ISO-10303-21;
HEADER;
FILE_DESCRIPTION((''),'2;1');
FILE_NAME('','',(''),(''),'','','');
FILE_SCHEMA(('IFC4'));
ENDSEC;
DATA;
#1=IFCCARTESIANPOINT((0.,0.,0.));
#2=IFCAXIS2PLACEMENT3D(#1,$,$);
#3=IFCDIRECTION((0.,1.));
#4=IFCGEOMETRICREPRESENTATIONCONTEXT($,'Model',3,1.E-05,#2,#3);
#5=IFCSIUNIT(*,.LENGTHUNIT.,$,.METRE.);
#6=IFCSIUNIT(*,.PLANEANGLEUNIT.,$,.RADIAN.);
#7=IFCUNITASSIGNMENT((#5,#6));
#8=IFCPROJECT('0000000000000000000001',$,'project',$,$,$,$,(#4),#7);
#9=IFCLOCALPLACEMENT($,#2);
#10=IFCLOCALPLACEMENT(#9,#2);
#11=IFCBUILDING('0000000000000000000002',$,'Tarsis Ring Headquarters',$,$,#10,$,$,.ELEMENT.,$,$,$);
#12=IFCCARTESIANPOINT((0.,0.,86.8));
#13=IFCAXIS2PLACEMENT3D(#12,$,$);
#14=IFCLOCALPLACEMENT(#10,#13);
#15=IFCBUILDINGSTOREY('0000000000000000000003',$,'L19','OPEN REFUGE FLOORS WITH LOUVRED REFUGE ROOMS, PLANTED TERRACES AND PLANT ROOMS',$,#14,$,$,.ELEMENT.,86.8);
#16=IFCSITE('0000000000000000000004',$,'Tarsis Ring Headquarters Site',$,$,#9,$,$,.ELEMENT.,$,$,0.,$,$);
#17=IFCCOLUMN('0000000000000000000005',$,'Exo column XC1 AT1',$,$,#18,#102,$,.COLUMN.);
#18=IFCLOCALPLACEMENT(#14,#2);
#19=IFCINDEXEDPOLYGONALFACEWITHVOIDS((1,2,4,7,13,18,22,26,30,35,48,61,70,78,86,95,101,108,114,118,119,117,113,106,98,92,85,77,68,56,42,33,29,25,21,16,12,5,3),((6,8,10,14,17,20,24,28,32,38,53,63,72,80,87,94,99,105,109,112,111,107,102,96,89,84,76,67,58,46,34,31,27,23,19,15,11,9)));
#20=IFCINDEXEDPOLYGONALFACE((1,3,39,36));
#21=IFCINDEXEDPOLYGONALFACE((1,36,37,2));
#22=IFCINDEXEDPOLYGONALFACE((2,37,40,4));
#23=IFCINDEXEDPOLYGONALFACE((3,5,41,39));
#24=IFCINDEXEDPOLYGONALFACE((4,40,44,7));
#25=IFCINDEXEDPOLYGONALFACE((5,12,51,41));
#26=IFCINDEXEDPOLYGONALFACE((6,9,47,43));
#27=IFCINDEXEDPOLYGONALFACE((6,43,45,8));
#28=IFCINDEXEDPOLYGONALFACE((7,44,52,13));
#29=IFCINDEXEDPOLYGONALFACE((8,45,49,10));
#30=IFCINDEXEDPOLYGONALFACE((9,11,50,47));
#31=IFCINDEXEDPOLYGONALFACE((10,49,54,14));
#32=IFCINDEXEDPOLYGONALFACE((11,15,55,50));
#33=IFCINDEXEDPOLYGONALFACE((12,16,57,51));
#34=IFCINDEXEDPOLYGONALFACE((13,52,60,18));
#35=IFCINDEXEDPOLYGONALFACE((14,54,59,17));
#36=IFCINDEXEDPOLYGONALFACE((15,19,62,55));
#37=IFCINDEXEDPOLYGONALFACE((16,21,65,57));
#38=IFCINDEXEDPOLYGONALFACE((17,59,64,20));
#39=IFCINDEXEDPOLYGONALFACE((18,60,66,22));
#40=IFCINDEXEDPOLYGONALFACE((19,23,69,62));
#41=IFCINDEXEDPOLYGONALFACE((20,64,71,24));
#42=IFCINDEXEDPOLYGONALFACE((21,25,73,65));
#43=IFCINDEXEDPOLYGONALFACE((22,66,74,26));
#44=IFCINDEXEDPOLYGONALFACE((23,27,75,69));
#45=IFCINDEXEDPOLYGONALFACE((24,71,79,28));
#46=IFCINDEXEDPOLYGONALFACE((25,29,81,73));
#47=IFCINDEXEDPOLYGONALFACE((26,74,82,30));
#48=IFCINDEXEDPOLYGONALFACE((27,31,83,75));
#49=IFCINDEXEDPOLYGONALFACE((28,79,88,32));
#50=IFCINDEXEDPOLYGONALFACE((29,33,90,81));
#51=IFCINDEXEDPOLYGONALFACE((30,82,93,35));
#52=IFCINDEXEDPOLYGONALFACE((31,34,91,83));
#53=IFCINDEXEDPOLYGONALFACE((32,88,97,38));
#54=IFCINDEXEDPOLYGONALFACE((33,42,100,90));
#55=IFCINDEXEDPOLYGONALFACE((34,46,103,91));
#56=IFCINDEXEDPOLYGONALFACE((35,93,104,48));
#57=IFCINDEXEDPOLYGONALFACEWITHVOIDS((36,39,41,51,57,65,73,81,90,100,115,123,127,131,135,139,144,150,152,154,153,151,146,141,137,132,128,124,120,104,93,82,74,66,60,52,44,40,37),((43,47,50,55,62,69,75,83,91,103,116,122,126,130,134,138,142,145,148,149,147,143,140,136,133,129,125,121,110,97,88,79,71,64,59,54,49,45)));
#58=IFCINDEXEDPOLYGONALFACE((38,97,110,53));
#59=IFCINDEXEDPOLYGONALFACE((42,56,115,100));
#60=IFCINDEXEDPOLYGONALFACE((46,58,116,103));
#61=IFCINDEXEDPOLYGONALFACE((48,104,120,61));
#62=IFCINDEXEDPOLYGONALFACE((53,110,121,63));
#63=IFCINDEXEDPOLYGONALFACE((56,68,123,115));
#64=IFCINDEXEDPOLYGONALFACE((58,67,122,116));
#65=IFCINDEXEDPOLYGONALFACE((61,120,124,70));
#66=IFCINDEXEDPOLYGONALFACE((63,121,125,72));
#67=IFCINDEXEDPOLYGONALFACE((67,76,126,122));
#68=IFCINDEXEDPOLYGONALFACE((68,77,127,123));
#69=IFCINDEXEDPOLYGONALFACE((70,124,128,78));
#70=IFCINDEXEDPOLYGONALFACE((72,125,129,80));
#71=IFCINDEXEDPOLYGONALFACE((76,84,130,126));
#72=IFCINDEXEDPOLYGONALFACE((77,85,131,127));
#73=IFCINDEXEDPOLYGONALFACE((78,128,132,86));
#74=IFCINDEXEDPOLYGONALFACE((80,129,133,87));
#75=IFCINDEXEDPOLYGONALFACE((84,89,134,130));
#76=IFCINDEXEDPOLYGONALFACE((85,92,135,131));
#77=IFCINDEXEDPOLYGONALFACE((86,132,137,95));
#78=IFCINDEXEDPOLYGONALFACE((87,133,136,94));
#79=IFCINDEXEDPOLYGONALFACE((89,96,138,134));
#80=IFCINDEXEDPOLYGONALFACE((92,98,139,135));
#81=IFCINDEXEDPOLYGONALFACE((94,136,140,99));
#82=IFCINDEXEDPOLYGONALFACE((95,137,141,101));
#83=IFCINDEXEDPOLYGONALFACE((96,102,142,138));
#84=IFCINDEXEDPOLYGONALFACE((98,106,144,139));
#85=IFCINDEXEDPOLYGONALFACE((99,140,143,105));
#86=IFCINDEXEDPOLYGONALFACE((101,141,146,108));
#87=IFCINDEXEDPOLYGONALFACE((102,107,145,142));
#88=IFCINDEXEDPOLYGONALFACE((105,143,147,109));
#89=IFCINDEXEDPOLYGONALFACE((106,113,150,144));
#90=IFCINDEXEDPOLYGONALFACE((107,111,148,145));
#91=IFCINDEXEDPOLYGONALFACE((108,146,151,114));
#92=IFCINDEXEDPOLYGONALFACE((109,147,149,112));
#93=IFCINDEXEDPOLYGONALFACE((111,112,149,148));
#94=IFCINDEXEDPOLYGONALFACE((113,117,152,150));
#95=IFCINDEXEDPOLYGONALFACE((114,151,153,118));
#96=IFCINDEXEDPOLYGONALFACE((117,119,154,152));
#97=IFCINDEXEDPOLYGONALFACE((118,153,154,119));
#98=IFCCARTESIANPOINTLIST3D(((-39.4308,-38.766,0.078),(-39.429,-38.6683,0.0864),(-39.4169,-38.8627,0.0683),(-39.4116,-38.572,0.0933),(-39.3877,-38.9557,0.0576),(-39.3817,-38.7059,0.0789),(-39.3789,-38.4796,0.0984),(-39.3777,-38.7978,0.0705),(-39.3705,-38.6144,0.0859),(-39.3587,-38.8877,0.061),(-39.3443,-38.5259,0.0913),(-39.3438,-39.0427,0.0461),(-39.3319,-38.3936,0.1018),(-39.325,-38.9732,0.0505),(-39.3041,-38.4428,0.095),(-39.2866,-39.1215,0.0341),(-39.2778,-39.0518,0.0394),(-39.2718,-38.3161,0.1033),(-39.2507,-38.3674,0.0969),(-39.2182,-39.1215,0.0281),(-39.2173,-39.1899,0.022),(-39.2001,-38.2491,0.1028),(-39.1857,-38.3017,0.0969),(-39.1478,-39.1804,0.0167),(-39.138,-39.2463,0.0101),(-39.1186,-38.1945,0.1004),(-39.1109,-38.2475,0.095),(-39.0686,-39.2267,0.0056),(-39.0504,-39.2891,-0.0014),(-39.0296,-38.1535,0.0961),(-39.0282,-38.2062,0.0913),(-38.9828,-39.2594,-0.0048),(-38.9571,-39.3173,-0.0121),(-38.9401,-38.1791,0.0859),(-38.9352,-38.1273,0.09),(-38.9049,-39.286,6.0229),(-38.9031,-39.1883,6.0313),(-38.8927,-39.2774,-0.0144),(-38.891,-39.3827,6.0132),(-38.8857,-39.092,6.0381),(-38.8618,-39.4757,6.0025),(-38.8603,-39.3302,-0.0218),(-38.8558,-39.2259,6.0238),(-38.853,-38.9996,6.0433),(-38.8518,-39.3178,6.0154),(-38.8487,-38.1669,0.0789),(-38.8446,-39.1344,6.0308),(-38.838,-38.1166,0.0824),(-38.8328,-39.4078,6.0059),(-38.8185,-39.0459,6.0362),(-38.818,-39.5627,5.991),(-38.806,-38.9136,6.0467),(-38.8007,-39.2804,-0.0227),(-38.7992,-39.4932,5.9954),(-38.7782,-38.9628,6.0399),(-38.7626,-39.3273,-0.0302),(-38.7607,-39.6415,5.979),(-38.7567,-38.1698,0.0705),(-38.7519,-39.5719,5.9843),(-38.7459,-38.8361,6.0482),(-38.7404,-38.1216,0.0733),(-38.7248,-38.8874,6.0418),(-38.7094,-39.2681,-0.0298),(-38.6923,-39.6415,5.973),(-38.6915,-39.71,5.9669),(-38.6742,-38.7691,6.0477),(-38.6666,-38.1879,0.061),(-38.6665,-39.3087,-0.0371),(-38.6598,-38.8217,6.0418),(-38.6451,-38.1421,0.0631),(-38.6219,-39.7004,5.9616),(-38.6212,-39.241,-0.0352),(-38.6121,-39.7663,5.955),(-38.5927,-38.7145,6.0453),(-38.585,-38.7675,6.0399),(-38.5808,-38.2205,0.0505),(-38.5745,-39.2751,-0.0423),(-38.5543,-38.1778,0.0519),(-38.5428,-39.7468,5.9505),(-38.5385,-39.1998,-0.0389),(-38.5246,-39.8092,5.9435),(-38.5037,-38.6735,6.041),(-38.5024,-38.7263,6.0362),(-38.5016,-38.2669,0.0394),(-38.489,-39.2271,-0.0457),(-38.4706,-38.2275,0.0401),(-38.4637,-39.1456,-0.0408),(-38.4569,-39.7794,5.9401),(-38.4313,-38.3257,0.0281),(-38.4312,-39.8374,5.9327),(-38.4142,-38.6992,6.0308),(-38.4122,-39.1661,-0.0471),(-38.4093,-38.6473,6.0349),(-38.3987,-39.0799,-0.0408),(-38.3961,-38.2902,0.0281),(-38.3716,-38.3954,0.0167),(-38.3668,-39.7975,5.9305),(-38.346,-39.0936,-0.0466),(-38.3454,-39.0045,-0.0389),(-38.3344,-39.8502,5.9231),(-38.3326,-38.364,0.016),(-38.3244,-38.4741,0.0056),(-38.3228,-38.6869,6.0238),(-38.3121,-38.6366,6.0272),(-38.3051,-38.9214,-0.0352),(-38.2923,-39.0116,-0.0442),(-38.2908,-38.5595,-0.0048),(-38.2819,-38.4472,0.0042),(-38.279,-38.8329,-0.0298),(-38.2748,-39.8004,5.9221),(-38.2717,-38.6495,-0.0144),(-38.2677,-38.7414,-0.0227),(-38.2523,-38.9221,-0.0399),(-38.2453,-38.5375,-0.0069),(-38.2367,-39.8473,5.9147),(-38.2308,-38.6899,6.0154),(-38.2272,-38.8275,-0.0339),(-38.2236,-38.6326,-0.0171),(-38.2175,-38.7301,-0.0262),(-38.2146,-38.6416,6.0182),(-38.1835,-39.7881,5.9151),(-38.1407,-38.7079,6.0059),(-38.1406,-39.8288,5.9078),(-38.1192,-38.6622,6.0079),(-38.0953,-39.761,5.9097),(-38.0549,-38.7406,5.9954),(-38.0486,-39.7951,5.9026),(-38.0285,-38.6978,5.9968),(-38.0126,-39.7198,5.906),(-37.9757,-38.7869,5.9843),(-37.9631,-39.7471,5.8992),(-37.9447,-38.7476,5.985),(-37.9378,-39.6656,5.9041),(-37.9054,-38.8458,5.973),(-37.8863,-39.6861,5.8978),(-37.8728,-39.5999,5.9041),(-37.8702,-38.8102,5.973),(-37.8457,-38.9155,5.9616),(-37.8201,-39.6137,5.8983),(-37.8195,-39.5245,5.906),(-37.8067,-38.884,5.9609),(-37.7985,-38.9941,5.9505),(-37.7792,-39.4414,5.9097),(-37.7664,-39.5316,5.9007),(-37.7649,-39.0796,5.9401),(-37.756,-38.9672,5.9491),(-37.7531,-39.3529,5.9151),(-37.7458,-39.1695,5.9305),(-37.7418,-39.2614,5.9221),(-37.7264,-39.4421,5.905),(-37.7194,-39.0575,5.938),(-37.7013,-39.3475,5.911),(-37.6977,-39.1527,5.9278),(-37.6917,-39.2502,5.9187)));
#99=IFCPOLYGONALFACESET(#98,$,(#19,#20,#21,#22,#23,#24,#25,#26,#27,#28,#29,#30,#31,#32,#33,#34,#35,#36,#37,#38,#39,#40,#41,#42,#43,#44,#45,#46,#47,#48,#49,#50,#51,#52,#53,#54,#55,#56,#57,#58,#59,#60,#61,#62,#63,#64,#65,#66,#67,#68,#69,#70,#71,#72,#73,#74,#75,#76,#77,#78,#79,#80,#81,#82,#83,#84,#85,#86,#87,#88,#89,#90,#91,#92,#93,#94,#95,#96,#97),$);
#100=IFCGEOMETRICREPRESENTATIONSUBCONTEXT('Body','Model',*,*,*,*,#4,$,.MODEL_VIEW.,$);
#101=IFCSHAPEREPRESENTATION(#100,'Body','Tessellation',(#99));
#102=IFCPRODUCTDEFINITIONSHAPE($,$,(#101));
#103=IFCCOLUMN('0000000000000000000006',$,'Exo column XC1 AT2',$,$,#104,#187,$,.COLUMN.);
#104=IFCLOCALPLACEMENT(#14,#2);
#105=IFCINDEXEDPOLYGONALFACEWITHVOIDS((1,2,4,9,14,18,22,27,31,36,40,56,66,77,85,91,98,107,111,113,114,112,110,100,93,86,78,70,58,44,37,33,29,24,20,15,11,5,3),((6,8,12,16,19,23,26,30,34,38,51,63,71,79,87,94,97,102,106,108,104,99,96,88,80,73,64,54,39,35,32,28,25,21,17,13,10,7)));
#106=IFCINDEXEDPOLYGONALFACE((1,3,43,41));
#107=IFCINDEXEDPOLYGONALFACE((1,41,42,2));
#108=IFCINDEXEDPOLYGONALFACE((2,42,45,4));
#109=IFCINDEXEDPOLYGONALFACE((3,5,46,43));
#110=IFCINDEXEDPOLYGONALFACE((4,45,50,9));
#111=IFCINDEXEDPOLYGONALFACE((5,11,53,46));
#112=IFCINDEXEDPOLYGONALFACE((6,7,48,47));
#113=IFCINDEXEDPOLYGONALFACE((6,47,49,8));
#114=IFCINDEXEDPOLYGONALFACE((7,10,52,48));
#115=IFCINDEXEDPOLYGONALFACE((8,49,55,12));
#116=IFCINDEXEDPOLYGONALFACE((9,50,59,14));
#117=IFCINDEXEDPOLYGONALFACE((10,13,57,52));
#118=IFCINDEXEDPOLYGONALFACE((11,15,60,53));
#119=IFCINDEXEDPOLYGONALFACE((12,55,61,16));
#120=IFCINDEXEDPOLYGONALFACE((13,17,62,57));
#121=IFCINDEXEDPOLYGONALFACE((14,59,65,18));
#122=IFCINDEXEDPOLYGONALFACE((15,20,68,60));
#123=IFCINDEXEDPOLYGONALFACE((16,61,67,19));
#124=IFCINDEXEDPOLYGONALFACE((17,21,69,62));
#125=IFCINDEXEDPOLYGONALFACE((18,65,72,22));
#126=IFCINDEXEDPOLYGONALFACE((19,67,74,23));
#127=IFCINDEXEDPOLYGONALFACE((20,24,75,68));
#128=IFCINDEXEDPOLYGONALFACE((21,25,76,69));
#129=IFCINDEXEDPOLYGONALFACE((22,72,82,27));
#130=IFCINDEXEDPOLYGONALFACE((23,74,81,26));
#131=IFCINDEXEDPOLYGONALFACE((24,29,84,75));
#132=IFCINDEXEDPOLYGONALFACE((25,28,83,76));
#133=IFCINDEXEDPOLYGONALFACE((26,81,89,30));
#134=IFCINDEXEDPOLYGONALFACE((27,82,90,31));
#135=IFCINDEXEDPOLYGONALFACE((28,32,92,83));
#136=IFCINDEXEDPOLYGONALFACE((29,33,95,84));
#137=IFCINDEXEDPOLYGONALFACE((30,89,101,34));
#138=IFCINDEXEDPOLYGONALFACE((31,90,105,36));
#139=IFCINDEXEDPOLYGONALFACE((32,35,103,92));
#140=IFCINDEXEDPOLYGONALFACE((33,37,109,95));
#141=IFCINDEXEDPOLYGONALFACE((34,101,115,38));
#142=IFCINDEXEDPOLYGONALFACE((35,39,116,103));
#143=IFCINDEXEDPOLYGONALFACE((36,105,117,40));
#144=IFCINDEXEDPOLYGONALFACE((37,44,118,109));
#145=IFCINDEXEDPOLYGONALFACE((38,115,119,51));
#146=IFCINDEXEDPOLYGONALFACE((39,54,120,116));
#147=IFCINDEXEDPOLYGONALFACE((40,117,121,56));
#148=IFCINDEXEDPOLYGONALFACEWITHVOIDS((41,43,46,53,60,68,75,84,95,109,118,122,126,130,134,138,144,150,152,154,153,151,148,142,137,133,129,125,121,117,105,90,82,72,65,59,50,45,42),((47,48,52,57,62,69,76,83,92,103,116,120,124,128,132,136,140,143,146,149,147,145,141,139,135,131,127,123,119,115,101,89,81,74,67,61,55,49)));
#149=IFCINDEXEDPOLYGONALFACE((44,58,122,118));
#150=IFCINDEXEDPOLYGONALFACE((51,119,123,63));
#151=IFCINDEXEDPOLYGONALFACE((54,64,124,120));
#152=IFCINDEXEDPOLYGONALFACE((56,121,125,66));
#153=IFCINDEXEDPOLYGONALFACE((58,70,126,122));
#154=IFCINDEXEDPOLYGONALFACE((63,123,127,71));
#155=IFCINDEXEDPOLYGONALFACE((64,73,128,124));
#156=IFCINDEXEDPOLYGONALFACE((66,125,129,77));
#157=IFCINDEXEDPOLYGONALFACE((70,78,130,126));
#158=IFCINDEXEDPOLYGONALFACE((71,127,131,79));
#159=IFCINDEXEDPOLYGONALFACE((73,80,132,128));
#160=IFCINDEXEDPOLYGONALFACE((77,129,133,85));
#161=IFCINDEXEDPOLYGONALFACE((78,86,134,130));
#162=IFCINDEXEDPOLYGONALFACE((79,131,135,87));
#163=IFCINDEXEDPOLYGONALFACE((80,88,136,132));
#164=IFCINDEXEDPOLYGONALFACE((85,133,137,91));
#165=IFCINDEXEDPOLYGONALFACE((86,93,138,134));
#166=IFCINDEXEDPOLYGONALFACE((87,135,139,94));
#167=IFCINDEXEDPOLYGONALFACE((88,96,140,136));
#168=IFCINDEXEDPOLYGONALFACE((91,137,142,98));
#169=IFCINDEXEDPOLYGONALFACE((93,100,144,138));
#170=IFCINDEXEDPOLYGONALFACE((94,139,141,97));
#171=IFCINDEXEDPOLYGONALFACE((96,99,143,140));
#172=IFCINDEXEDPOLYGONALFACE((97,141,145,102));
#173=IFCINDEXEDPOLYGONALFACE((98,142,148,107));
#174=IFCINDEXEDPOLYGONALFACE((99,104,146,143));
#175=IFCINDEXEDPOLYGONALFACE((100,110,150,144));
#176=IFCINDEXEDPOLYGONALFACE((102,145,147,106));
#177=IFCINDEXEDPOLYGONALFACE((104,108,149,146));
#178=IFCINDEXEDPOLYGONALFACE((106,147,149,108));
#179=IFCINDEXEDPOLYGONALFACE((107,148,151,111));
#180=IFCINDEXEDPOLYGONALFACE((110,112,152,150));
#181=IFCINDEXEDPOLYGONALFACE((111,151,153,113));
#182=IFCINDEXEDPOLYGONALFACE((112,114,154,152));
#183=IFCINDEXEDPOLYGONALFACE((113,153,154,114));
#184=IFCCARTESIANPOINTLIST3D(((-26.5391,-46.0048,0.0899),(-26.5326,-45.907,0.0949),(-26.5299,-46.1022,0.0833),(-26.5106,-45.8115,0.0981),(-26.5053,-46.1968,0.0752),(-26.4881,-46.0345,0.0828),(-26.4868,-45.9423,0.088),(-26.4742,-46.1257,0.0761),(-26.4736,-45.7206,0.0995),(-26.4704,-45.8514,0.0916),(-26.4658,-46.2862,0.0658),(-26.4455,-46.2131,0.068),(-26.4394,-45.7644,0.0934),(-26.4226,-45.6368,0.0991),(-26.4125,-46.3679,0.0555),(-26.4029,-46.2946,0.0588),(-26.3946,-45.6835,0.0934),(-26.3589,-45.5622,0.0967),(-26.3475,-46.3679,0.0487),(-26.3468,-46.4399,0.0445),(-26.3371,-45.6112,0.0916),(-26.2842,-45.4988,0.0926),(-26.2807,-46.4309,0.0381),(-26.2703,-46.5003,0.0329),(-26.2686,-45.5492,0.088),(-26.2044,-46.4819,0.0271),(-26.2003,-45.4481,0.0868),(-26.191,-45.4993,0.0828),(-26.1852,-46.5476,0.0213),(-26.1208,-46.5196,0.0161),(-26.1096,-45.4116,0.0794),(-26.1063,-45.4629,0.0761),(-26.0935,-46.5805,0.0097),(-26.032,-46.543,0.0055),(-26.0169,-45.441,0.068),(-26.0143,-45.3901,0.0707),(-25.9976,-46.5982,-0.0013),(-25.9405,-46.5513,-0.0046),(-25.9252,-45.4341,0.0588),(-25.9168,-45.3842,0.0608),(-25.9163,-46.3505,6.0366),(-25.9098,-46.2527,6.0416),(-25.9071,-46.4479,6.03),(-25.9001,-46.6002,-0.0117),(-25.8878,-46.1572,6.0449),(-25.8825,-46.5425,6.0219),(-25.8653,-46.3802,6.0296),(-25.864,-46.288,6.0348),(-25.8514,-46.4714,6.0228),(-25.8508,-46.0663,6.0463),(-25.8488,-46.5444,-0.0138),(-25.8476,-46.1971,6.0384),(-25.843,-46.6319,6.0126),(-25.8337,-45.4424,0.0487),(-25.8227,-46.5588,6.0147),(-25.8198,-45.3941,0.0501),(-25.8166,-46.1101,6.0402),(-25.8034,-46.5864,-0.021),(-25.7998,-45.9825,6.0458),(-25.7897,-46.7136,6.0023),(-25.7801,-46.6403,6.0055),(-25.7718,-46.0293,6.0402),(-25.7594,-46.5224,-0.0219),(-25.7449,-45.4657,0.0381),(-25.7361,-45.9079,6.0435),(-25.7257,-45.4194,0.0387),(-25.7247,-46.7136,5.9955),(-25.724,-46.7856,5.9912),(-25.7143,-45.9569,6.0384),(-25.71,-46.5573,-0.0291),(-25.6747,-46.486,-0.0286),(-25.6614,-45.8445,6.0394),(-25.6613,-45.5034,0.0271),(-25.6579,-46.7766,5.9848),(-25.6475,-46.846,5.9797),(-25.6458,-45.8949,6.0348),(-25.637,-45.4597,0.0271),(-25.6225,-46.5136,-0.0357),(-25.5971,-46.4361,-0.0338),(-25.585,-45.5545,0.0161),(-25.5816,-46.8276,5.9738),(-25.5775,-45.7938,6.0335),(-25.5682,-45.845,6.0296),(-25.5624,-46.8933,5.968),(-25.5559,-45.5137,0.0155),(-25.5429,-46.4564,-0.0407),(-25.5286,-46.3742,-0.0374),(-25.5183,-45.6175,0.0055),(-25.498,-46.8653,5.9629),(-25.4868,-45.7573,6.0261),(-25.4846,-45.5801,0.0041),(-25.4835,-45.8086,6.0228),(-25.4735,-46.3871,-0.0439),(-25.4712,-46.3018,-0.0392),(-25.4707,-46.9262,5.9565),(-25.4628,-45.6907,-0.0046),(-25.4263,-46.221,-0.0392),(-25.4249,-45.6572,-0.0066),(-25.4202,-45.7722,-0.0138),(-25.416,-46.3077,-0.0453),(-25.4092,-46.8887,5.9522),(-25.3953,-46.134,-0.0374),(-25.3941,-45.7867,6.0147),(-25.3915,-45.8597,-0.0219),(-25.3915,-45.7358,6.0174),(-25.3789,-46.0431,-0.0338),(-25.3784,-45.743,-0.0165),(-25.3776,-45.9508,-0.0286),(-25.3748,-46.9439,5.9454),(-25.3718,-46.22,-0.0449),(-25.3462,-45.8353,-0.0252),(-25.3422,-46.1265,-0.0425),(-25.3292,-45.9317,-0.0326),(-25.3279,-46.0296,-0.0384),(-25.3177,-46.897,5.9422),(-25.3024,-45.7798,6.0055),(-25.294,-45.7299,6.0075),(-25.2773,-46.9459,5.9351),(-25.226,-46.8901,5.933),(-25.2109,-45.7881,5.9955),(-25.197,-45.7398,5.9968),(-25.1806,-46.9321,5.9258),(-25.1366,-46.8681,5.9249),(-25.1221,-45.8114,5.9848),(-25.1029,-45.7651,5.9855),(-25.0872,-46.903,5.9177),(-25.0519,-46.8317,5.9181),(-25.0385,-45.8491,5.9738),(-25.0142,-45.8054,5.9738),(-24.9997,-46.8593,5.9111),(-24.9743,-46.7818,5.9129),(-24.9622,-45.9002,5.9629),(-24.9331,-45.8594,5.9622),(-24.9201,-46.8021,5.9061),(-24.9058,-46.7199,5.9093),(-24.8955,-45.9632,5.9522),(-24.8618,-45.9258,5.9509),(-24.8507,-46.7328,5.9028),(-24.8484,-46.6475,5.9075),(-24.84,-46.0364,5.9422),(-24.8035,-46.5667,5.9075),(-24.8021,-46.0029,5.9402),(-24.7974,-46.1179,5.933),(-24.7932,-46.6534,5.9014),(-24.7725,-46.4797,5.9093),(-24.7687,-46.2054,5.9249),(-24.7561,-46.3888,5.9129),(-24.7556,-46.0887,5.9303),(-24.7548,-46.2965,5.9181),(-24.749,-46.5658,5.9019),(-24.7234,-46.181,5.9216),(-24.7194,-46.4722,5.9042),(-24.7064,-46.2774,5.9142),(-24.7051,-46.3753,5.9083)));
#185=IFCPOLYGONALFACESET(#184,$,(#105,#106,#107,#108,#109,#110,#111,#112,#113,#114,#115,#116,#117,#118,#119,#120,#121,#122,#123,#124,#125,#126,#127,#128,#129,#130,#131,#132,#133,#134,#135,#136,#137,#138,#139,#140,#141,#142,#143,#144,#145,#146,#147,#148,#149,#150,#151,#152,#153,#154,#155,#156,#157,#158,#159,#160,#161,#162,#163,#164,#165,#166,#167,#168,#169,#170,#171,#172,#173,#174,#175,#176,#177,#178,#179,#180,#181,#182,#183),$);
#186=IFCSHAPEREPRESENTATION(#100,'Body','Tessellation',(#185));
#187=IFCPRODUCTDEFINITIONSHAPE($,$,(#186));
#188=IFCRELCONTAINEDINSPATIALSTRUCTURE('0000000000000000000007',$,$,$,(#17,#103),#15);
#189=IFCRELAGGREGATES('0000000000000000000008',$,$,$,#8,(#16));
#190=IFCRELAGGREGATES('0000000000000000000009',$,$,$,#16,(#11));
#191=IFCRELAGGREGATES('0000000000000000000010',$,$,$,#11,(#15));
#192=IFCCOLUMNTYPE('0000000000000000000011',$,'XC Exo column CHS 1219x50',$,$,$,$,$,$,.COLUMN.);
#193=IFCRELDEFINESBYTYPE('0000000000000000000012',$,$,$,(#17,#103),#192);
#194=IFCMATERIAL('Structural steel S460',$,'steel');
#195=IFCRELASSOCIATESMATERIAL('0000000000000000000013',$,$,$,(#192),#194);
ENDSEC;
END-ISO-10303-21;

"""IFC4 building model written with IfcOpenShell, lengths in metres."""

from ifc_helpers import new_model, si_unit, direction, frame, origin, origin_2d, place, context, subcontext, project, spatial, hollow_circle, extrude, material, material_profile, profile_set, type_object, element, save


model = new_model("IFC4")

# Units and contexts
model_context = context("Model", 3, precision=1e-05, world=origin(), true_north=direction((0.0, 1.0)))
body_context = subcontext(model_context, "Body", "Model", "MODEL_VIEW")
ifc_project = project(units=[si_unit("LENGTHUNIT", "METRE"), si_unit("PLANEANGLEUNIT", "RADIAN")], contexts=[model_context])

# Site, building, storey
site_placement = place(None, origin())
site = spatial("IfcSite", under=ifc_project, at=site_placement, Name="Tarsis Ring Headquarters Site", CompositionType="ELEMENT", RefElevation=0.0)
building_placement = place(site_placement, origin())
building = spatial("IfcBuilding", under=site, at=building_placement, Name="Tarsis Ring Headquarters", CompositionType="ELEMENT")
storey_placement = place(building_placement, frame((0.0, 0.0, 86.8)))
storey = spatial("IfcBuildingStorey", under=building, at=storey_placement, Name="L19", Description="OPEN REFUGE FLOORS WITH LOUVRED REFUGE ROOMS, PLANTED TERRACES AND PLANT ROOMS", CompositionType="ELEMENT", Elevation=86.8)

# Columns
ifc_material_1 = material(Name="Structural steel S460", Category="steel")
ifc_material_profile_1 = material_profile(ifc_material_1, hollow_circle(Radius=0.6096, WallThickness=0.05, at=origin_2d()), Name="CHS 1219x50")
ifc_profile_set_1 = profile_set([ifc_material_profile_1], Name="Structural steel S460")
column_type = type_object("IfcColumnType", Name="XC Exo column CHS 1219x50", PredefinedType="COLUMN", material=ifc_profile_set_1)
column_1_placement = place(storey_placement, frame((-38.8247, -38.7236, 0.0281), z_axis=(0.087783, -0.086805, 0.99235), x_axis=(0.703134, 0.711057, 0.0)))
element("IfcColumn", 1, at=column_1_placement, inside=storey, type_object=column_type, Name="Exo column XC1 AT1", PredefinedType="COLUMN", context=body_context, shape_type="SweptSolid", body=[
    extrude(hollow_circle(Radius=0.6096, WallThickness=0.05, at=origin_2d()), origin(), (0.0, 0.0, 1.0), 5.9907),
])
column_2_placement = place(storey_placement, frame((-25.9329, -45.9927, 0.0271), z_axis=(0.103986, -0.05772, 0.992902), x_axis=(0.485323, 0.874335, 0.0)))
element("IfcColumn", 2, at=column_2_placement, inside=storey, type_object=column_type, Name="Exo column XC1 AT2", PredefinedType="COLUMN", context=body_context, shape_type="SweptSolid", body=[
    extrude(hollow_circle(Radius=0.6096, WallThickness=0.05, at=origin_2d()), origin(), (0.0, 0.0, 1.0), 5.9893),
])

save(model, "model.ifc")
